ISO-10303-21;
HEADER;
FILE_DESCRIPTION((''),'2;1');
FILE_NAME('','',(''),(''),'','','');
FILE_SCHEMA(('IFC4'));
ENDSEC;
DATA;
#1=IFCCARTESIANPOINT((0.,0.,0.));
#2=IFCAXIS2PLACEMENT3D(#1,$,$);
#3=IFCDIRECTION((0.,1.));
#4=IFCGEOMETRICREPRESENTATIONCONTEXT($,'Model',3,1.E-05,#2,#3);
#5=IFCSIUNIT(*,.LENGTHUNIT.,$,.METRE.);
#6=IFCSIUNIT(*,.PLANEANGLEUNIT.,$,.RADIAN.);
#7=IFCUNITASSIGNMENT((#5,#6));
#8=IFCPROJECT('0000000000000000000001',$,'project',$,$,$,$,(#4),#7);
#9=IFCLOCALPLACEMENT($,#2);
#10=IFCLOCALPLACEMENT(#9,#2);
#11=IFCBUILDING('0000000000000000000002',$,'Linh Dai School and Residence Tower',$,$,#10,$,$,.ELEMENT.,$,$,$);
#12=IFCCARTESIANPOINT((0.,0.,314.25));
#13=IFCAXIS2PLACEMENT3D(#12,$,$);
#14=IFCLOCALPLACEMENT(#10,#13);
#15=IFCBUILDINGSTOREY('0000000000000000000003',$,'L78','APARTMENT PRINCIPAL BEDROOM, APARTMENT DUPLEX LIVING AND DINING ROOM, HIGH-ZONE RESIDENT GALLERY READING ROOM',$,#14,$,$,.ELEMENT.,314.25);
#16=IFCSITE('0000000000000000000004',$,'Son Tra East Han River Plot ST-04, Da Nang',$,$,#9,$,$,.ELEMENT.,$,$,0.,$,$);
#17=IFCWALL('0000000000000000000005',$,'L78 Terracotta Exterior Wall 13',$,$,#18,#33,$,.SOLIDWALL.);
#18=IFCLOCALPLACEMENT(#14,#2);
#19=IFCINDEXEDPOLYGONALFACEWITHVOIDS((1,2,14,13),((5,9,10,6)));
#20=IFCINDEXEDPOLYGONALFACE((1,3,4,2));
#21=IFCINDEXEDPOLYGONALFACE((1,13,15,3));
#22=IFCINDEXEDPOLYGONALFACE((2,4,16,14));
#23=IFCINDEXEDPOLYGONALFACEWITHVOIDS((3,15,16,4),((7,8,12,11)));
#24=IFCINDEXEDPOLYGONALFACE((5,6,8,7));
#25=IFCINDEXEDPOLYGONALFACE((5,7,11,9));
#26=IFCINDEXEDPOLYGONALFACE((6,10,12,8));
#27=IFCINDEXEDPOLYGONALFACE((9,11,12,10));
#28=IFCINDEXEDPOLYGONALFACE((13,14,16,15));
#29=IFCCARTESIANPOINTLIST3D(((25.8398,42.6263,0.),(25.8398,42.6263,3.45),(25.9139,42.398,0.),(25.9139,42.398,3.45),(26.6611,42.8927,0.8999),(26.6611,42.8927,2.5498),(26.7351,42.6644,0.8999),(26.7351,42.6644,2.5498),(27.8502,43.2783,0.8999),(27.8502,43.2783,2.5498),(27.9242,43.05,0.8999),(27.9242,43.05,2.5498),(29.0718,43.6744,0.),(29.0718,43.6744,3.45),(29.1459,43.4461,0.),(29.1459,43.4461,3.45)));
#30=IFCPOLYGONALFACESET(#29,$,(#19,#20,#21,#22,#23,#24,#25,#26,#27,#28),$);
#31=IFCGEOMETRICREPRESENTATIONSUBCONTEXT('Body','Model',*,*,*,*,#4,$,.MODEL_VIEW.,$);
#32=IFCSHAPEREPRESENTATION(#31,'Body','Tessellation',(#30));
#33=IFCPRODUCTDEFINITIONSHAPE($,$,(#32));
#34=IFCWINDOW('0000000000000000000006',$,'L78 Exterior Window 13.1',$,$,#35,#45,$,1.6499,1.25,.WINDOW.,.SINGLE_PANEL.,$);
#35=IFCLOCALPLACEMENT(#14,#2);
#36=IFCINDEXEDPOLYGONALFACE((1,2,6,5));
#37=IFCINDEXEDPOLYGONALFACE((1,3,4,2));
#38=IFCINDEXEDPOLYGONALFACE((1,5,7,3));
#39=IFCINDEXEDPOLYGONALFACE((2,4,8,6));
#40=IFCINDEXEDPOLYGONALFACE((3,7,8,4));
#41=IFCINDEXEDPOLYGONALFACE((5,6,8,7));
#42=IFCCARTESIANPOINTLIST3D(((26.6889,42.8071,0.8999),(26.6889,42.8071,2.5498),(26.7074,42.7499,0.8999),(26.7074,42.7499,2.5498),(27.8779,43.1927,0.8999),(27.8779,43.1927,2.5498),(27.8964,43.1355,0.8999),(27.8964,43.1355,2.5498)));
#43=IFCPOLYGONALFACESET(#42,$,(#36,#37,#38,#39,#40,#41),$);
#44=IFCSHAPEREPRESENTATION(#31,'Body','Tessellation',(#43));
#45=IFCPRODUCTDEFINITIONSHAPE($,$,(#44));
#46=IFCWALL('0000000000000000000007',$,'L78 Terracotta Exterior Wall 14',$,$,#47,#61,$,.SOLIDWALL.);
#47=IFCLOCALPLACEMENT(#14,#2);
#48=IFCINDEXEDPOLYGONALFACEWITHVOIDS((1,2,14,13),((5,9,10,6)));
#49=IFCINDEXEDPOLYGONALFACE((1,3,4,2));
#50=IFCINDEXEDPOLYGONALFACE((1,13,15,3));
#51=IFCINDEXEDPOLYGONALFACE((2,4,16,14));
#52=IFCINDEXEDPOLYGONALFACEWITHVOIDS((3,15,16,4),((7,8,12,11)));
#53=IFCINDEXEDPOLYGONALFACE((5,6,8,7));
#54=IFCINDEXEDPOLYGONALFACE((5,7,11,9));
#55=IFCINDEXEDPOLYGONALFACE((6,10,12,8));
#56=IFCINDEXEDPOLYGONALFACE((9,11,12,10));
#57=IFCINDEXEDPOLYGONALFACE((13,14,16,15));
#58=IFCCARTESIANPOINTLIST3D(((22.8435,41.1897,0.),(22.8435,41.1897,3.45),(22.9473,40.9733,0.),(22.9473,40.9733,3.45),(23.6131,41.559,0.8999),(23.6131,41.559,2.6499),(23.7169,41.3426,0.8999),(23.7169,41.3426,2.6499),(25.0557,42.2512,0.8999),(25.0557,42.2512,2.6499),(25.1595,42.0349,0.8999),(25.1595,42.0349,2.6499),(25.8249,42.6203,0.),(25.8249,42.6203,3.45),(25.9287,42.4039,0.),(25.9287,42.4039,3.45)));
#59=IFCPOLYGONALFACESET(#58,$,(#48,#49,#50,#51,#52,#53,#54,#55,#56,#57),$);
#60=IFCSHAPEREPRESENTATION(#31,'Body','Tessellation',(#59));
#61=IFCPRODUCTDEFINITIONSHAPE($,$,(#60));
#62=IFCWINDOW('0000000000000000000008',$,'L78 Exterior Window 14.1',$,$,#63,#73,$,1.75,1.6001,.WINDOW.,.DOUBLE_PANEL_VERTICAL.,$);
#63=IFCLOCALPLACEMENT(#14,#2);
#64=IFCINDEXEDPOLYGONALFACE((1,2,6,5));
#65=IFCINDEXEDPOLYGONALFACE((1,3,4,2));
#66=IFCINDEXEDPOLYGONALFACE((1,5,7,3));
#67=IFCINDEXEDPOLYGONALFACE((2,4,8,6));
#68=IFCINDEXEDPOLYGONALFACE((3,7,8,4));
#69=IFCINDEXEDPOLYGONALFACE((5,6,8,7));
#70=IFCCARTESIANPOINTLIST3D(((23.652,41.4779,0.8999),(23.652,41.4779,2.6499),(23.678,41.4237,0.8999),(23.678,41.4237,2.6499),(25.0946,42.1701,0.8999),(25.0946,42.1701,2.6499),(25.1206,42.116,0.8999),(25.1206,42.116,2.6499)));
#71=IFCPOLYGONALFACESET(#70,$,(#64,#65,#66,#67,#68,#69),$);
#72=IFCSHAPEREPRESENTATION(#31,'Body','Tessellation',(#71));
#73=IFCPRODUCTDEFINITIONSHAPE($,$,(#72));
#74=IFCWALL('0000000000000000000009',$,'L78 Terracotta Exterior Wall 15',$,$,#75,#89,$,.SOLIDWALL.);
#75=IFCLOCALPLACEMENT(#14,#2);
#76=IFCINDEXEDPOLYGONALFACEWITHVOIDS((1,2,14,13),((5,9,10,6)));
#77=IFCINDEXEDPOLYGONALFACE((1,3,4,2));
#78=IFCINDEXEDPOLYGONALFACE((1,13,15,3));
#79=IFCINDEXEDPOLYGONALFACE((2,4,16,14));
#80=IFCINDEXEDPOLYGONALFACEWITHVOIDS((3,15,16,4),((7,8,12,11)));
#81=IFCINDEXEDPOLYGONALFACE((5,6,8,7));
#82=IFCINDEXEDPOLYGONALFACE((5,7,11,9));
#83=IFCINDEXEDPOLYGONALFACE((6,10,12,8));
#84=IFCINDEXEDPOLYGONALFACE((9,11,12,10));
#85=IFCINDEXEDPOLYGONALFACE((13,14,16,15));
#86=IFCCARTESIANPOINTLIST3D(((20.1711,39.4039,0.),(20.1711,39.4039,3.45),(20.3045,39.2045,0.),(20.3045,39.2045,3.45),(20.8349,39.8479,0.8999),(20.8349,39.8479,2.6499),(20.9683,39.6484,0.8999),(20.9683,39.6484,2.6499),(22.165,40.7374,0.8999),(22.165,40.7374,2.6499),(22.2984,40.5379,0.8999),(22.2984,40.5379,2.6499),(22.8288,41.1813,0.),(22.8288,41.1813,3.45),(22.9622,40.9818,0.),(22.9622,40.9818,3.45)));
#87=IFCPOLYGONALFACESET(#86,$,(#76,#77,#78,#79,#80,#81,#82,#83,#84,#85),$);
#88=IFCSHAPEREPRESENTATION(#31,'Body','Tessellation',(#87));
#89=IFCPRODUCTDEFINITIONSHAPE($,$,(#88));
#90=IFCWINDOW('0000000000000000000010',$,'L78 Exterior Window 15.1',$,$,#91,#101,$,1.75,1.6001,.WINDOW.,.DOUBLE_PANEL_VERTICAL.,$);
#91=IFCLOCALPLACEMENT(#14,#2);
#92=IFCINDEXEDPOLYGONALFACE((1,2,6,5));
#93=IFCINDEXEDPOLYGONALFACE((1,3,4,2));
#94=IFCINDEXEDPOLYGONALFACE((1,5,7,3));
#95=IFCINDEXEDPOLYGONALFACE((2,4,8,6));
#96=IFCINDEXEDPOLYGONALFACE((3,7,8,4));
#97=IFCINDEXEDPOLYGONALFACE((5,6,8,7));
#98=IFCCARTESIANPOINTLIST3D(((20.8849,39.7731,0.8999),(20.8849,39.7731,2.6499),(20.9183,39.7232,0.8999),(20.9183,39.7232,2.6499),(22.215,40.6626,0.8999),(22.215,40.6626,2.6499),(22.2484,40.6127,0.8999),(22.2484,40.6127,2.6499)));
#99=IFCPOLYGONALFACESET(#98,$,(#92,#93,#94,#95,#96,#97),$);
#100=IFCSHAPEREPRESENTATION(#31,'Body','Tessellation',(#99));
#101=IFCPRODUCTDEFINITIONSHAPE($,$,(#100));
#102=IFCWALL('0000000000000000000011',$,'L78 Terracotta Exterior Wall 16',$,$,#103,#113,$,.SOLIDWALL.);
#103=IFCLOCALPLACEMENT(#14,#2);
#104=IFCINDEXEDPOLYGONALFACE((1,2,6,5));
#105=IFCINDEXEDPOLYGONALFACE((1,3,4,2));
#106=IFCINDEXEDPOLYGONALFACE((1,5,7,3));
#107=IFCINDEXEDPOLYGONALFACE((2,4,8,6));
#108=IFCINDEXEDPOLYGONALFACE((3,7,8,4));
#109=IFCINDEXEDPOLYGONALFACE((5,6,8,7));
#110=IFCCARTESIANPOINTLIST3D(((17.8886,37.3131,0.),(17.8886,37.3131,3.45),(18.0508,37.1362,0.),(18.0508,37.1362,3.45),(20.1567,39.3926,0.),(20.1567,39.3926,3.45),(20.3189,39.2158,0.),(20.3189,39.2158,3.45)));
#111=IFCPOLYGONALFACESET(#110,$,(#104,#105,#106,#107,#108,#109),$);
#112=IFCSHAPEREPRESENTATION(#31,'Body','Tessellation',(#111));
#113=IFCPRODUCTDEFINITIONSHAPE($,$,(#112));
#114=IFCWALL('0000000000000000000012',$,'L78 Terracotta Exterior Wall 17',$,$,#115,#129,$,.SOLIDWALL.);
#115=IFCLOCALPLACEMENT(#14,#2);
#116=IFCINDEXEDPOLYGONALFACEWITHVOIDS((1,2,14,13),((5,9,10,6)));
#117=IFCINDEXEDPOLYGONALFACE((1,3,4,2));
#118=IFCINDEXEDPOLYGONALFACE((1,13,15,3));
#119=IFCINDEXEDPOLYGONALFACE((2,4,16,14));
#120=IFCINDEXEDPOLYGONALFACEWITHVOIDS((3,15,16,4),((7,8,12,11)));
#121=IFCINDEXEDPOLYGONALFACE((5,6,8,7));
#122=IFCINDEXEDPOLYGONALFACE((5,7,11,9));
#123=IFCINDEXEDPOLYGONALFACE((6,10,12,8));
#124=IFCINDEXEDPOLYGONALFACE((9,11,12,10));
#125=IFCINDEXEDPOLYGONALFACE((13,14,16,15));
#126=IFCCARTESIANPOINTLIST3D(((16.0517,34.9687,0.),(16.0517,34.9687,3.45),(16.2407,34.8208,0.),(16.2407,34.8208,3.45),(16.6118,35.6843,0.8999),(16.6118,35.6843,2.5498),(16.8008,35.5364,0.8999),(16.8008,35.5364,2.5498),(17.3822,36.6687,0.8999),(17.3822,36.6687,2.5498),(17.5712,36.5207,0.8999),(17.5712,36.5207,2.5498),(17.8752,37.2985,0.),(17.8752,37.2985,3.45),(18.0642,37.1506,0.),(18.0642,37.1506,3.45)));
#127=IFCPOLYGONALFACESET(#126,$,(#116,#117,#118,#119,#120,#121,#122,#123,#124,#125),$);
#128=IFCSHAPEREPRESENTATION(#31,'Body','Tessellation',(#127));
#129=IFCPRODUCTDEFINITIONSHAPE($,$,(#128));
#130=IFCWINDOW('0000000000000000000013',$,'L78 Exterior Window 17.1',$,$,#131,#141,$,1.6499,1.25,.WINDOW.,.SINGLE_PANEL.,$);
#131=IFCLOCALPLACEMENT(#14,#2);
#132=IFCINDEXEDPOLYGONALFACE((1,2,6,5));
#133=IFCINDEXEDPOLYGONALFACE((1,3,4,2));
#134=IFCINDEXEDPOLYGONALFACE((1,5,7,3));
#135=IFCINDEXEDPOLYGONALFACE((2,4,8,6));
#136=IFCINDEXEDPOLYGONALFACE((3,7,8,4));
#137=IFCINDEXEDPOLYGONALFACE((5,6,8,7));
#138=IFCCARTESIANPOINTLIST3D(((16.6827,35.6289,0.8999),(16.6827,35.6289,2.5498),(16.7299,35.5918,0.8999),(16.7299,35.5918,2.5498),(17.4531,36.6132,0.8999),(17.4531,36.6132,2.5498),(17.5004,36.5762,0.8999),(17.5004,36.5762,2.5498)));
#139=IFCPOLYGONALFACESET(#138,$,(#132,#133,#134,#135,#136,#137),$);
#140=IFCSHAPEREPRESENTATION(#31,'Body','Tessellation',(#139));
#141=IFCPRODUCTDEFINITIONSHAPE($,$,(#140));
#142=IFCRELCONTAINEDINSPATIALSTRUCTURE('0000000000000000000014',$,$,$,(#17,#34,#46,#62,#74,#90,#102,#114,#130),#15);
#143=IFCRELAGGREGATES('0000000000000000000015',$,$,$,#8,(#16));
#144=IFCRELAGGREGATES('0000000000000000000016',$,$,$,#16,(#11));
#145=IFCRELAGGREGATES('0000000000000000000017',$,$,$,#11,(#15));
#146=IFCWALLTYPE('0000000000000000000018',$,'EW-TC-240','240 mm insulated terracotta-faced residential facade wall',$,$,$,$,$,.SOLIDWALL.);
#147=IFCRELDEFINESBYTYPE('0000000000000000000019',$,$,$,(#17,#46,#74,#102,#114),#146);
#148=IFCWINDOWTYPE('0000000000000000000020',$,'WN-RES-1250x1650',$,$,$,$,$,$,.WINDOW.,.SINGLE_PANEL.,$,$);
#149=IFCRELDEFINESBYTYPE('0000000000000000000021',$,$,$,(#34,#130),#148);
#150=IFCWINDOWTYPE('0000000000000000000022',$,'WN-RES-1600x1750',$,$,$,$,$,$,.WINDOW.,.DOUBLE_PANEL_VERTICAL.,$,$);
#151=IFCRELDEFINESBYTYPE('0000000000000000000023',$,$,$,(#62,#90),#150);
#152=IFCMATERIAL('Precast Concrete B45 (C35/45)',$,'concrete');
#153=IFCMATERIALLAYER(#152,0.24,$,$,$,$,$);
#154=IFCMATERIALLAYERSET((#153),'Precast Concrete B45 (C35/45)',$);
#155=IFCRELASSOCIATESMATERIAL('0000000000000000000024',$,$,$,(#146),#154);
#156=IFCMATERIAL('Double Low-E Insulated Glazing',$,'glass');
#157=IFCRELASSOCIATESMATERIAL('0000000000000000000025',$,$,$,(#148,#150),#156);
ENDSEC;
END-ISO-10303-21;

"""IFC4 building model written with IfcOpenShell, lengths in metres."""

from ifc_helpers import new_model, si_unit, direction, frame, frame_2d, origin, origin_2d, place, context, subcontext, project, spatial, rectangle, extrude, source, transform, mapped, material, layer, layer_set, type_object, element, fill, save


model = new_model("IFC4")

# Units and contexts
model_context = context("Model", 3, precision=1e-05, world=origin(), true_north=direction((0.0, 1.0)))
body_context = subcontext(model_context, "Body", "Model", "MODEL_VIEW")
ifc_project = project(units=[si_unit("LENGTHUNIT", "METRE"), si_unit("PLANEANGLEUNIT", "RADIAN")], contexts=[model_context])

# Site, building, storey
site_placement = place(None, origin())
site = spatial("IfcSite", under=ifc_project, at=site_placement, Name="Son Tra East Han River Plot ST-04, Da Nang", CompositionType="ELEMENT", RefElevation=0.0)
building_placement = place(site_placement, origin())
building = spatial("IfcBuilding", under=site, at=building_placement, Name="Linh Dai School and Residence Tower", CompositionType="ELEMENT")
storey_placement = place(building_placement, frame((0.0, 0.0, 314.25)))
storey = spatial("IfcBuildingStorey", under=building, at=storey_placement, Name="L78", Description="APARTMENT PRINCIPAL BEDROOM, APARTMENT DUPLEX LIVING AND DINING ROOM, HIGH-ZONE RESIDENT GALLERY READING ROOM", CompositionType="ELEMENT", Elevation=314.25)

# Shared definitions
ifc_material_1 = material(Name="Precast Concrete B45 (C35/45)", Category="concrete")

# Walls, openings, windows
ifc_layer_1 = layer(ifc_material_1, 0.24)
ifc_layer_set_1 = layer_set([ifc_layer_1], Name="Precast Concrete B45 (C35/45)")
wall_type_1 = type_object("IfcWallType", Name="EW-TC-240", Description="240 mm insulated terracotta-faced residential facade wall", PredefinedType="SOLIDWALL", material=ifc_layer_set_1)
wall_1_placement = place(storey_placement, frame((25.877, 42.5122, 0.0), z_axis=(0.0, 0.0, 1.0), x_axis=(0.951231, 0.308478, 0.0)))
wall_1 = element("IfcWall", 1, at=wall_1_placement, inside=storey, type_object=wall_type_1, Name="L78 Terracotta Exterior Wall 13", PredefinedType="SOLIDWALL", context=body_context, shape_type="SweptSolid", body=[
    extrude(rectangle(XDim=3.3977, YDim=0.24, at=frame_2d((1.6987, 0.0))), origin(), (0.0, 0.0, 1.0), 3.45),
])
opening_1_placement = place(wall_1_placement, frame((0.8633, 0.0, 0.8999)))
opening_1 = element("IfcOpeningElement", 2, at=opening_1_placement, cuts=wall_1, PredefinedType="OPENING", context=body_context, shape_type="SweptSolid", body=[
    extrude(rectangle(XDim=1.25, YDim=1.6499, at=origin_2d()), frame((0.625, 0.1299, 0.825), z_axis=(0.0, -1.0, 0.0), x_axis=(1.0, 0.0, 0.0)), (0.0, 0.0, 1.0), 0.26),
])
ifc_material_2 = material(Name="Double Low-E Insulated Glazing", Category="glass")
window_type_1 = type_object("IfcWindowType", Name="WN-RES-1250x1650", PartitioningType="SINGLE_PANEL", PredefinedType="WINDOW", material=ifc_material_2)
shared_shape_1 = source(origin(), body_context, "Body", "SweptSolid", [
    extrude(rectangle(XDim=1.25, YDim=1.6499, at=origin_2d()), frame((0.625, 0.03, 0.825), z_axis=(0.0, -1.0, 0.0), x_axis=(1.0, 0.0, 0.0)), (0.0, 0.0, 1.0), 0.0601),
])
window_1_placement = place(opening_1_placement, origin())
window_1 = element("IfcWindow", 3, at=window_1_placement, inside=storey, type_object=window_type_1, Name="L78 Exterior Window 13.1", OverallHeight=1.6499, OverallWidth=1.25, PartitioningType="SINGLE_PANEL", PredefinedType="WINDOW", context=body_context, shape_type="MappedRepresentation", body=[
    mapped(shared_shape_1, transform((0.0, 0.0, 0.0), x_axis=(1.0, 0.0, 0.0), y_axis=(0.0, 1.0, 0.0), z_axis=(0.0, 0.0, 1.0), scale=1.0)),
])
fill(opening_1, window_1)
wall_2_placement = place(storey_placement, frame((22.8955, 41.0815, 0.0), z_axis=(0.0, 0.0, 1.0), x_axis=(0.901574, 0.432625, 0.0)))
wall_2 = element("IfcWall", 4, at=wall_2_placement, inside=storey, type_object=wall_type_1, Name="L78 Terracotta Exterior Wall 14", PredefinedType="SOLIDWALL", context=body_context, shape_type="SweptSolid", body=[
    extrude(rectangle(XDim=3.3069, YDim=0.24, at=frame_2d((1.6533, 0.0))), origin(), (0.0, 0.0, 1.0), 3.45),
])
opening_2_placement = place(wall_2_placement, frame((0.8535, 0.0, 0.8999)))
opening_2 = element("IfcOpeningElement", 5, at=opening_2_placement, cuts=wall_2, PredefinedType="OPENING", context=body_context, shape_type="SweptSolid", body=[
    extrude(rectangle(XDim=1.6001, YDim=1.75, at=origin_2d()), frame((0.8, 0.1299, 0.875), z_axis=(0.0, -1.0, 0.0), x_axis=(1.0, 0.0, 0.0)), (0.0, 0.0, 1.0), 0.26),
])
window_type_2 = type_object("IfcWindowType", Name="WN-RES-1600x1750", PartitioningType="DOUBLE_PANEL_VERTICAL", PredefinedType="WINDOW", material=ifc_material_2)
shared_shape_2 = source(origin(), body_context, "Body", "SweptSolid", [
    extrude(rectangle(XDim=1.6001, YDim=1.75, at=origin_2d()), frame((0.8, 0.03, 0.875), z_axis=(0.0, -1.0, 0.0), x_axis=(1.0, 0.0, 0.0)), (0.0, 0.0, 1.0), 0.0601),
])
window_2_placement = place(opening_2_placement, origin())
window_2 = element("IfcWindow", 6, at=window_2_placement, inside=storey, type_object=window_type_2, Name="L78 Exterior Window 14.1", OverallHeight=1.75, OverallWidth=1.6001, PartitioningType="DOUBLE_PANEL_VERTICAL", PredefinedType="WINDOW", context=body_context, shape_type="MappedRepresentation", body=[
    mapped(shared_shape_2, transform((0.0, 0.0, 0.0), x_axis=(1.0, 0.0, 0.0), y_axis=(0.0, 1.0, 0.0), z_axis=(0.0, 0.0, 1.0), scale=1.0)),
])
fill(opening_2, window_2)
wall_3_placement = place(storey_placement, frame((20.2378, 39.3042, 0.0), z_axis=(0.0, 0.0, 1.0), x_axis=(0.831251, 0.555898, 0.0)))
wall_3 = element("IfcWall", 7, at=wall_3_placement, inside=storey, type_object=wall_type_1, Name="L78 Terracotta Exterior Wall 15", PredefinedType="SOLIDWALL", context=body_context, shape_type="SweptSolid", body=[
    extrude(rectangle(XDim=3.1973, YDim=0.24, at=frame_2d((1.5986, 0.0))), origin(), (0.0, 0.0, 1.0), 3.45),
])
opening_3_placement = place(wall_3_placement, frame((0.7986, 0.0, 0.8999)))
opening_3 = element("IfcOpeningElement", 8, at=opening_3_placement, cuts=wall_3, PredefinedType="OPENING", context=body_context, shape_type="SweptSolid", body=[
    extrude(rectangle(XDim=1.6001, YDim=1.75, at=origin_2d()), frame((0.8, 0.1299, 0.875), z_axis=(0.0, -1.0, 0.0), x_axis=(1.0, 0.0, 0.0)), (0.0, 0.0, 1.0), 0.26),
])
window_3_placement = place(opening_3_placement, origin())
window_3 = element("IfcWindow", 9, at=window_3_placement, inside=storey, type_object=window_type_2, Name="L78 Exterior Window 15.1", OverallHeight=1.75, OverallWidth=1.6001, PartitioningType="DOUBLE_PANEL_VERTICAL", PredefinedType="WINDOW", context=body_context, shape_type="MappedRepresentation", body=[
    mapped(shared_shape_2, transform((0.0, 0.0, 0.0), x_axis=(1.0, 0.0, 0.0), y_axis=(0.0, 1.0, 0.0), z_axis=(0.0, 0.0, 1.0), scale=1.0)),
])
fill(opening_3, window_3)

# Wall
wall_4_placement = place(storey_placement, frame((17.9697, 37.2246, 0.0), z_axis=(0.0, 0.0, 1.0), x_axis=(0.737069, 0.675818, 0.0)))
element("IfcWall", 10, at=wall_4_placement, inside=storey, type_object=wall_type_1, Name="L78 Terracotta Exterior Wall 16", PredefinedType="SOLIDWALL", context=body_context, shape_type="SweptSolid", body=[
    extrude(rectangle(XDim=3.0771, YDim=0.24, at=frame_2d((1.5386, 0.0))), origin(), (0.0, 0.0, 1.0), 3.45),
])

# Wall, opening, window
wall_5_placement = place(storey_placement, frame((16.1462, 34.8948, 0.0), z_axis=(0.0, 0.0, 1.0), x_axis=(0.616337, 0.787482, 0.0)))
wall_5 = element("IfcWall", 11, at=wall_5_placement, inside=storey, type_object=wall_type_1, Name="L78 Terracotta Exterior Wall 17", PredefinedType="SOLIDWALL", context=body_context, shape_type="SweptSolid", body=[
    extrude(rectangle(XDim=2.9585, YDim=0.24, at=frame_2d((1.4792, 0.0))), origin(), (0.0, 0.0, 1.0), 3.45),
])
opening_4_placement = place(wall_5_placement, frame((0.9087, 0.0, 0.8999)))
opening_4 = element("IfcOpeningElement", 12, at=opening_4_placement, cuts=wall_5, PredefinedType="OPENING", context=body_context, shape_type="SweptSolid", body=[
    extrude(rectangle(XDim=1.25, YDim=1.6499, at=origin_2d()), frame((0.625, 0.1299, 0.825), z_axis=(0.0, -1.0, 0.0), x_axis=(1.0, 0.0, 0.0)), (0.0, 0.0, 1.0), 0.26),
])
window_4_placement = place(opening_4_placement, origin())
window_4 = element("IfcWindow", 13, at=window_4_placement, inside=storey, type_object=window_type_1, Name="L78 Exterior Window 17.1", OverallHeight=1.6499, OverallWidth=1.25, PartitioningType="SINGLE_PANEL", PredefinedType="WINDOW", context=body_context, shape_type="MappedRepresentation", body=[
    mapped(shared_shape_1, transform((0.0, 0.0, 0.0), x_axis=(1.0, 0.0, 0.0), y_axis=(0.0, 1.0, 0.0), z_axis=(0.0, 0.0, 1.0), scale=1.0)),
])
fill(opening_4, window_4)

save(model, "model.ifc")
